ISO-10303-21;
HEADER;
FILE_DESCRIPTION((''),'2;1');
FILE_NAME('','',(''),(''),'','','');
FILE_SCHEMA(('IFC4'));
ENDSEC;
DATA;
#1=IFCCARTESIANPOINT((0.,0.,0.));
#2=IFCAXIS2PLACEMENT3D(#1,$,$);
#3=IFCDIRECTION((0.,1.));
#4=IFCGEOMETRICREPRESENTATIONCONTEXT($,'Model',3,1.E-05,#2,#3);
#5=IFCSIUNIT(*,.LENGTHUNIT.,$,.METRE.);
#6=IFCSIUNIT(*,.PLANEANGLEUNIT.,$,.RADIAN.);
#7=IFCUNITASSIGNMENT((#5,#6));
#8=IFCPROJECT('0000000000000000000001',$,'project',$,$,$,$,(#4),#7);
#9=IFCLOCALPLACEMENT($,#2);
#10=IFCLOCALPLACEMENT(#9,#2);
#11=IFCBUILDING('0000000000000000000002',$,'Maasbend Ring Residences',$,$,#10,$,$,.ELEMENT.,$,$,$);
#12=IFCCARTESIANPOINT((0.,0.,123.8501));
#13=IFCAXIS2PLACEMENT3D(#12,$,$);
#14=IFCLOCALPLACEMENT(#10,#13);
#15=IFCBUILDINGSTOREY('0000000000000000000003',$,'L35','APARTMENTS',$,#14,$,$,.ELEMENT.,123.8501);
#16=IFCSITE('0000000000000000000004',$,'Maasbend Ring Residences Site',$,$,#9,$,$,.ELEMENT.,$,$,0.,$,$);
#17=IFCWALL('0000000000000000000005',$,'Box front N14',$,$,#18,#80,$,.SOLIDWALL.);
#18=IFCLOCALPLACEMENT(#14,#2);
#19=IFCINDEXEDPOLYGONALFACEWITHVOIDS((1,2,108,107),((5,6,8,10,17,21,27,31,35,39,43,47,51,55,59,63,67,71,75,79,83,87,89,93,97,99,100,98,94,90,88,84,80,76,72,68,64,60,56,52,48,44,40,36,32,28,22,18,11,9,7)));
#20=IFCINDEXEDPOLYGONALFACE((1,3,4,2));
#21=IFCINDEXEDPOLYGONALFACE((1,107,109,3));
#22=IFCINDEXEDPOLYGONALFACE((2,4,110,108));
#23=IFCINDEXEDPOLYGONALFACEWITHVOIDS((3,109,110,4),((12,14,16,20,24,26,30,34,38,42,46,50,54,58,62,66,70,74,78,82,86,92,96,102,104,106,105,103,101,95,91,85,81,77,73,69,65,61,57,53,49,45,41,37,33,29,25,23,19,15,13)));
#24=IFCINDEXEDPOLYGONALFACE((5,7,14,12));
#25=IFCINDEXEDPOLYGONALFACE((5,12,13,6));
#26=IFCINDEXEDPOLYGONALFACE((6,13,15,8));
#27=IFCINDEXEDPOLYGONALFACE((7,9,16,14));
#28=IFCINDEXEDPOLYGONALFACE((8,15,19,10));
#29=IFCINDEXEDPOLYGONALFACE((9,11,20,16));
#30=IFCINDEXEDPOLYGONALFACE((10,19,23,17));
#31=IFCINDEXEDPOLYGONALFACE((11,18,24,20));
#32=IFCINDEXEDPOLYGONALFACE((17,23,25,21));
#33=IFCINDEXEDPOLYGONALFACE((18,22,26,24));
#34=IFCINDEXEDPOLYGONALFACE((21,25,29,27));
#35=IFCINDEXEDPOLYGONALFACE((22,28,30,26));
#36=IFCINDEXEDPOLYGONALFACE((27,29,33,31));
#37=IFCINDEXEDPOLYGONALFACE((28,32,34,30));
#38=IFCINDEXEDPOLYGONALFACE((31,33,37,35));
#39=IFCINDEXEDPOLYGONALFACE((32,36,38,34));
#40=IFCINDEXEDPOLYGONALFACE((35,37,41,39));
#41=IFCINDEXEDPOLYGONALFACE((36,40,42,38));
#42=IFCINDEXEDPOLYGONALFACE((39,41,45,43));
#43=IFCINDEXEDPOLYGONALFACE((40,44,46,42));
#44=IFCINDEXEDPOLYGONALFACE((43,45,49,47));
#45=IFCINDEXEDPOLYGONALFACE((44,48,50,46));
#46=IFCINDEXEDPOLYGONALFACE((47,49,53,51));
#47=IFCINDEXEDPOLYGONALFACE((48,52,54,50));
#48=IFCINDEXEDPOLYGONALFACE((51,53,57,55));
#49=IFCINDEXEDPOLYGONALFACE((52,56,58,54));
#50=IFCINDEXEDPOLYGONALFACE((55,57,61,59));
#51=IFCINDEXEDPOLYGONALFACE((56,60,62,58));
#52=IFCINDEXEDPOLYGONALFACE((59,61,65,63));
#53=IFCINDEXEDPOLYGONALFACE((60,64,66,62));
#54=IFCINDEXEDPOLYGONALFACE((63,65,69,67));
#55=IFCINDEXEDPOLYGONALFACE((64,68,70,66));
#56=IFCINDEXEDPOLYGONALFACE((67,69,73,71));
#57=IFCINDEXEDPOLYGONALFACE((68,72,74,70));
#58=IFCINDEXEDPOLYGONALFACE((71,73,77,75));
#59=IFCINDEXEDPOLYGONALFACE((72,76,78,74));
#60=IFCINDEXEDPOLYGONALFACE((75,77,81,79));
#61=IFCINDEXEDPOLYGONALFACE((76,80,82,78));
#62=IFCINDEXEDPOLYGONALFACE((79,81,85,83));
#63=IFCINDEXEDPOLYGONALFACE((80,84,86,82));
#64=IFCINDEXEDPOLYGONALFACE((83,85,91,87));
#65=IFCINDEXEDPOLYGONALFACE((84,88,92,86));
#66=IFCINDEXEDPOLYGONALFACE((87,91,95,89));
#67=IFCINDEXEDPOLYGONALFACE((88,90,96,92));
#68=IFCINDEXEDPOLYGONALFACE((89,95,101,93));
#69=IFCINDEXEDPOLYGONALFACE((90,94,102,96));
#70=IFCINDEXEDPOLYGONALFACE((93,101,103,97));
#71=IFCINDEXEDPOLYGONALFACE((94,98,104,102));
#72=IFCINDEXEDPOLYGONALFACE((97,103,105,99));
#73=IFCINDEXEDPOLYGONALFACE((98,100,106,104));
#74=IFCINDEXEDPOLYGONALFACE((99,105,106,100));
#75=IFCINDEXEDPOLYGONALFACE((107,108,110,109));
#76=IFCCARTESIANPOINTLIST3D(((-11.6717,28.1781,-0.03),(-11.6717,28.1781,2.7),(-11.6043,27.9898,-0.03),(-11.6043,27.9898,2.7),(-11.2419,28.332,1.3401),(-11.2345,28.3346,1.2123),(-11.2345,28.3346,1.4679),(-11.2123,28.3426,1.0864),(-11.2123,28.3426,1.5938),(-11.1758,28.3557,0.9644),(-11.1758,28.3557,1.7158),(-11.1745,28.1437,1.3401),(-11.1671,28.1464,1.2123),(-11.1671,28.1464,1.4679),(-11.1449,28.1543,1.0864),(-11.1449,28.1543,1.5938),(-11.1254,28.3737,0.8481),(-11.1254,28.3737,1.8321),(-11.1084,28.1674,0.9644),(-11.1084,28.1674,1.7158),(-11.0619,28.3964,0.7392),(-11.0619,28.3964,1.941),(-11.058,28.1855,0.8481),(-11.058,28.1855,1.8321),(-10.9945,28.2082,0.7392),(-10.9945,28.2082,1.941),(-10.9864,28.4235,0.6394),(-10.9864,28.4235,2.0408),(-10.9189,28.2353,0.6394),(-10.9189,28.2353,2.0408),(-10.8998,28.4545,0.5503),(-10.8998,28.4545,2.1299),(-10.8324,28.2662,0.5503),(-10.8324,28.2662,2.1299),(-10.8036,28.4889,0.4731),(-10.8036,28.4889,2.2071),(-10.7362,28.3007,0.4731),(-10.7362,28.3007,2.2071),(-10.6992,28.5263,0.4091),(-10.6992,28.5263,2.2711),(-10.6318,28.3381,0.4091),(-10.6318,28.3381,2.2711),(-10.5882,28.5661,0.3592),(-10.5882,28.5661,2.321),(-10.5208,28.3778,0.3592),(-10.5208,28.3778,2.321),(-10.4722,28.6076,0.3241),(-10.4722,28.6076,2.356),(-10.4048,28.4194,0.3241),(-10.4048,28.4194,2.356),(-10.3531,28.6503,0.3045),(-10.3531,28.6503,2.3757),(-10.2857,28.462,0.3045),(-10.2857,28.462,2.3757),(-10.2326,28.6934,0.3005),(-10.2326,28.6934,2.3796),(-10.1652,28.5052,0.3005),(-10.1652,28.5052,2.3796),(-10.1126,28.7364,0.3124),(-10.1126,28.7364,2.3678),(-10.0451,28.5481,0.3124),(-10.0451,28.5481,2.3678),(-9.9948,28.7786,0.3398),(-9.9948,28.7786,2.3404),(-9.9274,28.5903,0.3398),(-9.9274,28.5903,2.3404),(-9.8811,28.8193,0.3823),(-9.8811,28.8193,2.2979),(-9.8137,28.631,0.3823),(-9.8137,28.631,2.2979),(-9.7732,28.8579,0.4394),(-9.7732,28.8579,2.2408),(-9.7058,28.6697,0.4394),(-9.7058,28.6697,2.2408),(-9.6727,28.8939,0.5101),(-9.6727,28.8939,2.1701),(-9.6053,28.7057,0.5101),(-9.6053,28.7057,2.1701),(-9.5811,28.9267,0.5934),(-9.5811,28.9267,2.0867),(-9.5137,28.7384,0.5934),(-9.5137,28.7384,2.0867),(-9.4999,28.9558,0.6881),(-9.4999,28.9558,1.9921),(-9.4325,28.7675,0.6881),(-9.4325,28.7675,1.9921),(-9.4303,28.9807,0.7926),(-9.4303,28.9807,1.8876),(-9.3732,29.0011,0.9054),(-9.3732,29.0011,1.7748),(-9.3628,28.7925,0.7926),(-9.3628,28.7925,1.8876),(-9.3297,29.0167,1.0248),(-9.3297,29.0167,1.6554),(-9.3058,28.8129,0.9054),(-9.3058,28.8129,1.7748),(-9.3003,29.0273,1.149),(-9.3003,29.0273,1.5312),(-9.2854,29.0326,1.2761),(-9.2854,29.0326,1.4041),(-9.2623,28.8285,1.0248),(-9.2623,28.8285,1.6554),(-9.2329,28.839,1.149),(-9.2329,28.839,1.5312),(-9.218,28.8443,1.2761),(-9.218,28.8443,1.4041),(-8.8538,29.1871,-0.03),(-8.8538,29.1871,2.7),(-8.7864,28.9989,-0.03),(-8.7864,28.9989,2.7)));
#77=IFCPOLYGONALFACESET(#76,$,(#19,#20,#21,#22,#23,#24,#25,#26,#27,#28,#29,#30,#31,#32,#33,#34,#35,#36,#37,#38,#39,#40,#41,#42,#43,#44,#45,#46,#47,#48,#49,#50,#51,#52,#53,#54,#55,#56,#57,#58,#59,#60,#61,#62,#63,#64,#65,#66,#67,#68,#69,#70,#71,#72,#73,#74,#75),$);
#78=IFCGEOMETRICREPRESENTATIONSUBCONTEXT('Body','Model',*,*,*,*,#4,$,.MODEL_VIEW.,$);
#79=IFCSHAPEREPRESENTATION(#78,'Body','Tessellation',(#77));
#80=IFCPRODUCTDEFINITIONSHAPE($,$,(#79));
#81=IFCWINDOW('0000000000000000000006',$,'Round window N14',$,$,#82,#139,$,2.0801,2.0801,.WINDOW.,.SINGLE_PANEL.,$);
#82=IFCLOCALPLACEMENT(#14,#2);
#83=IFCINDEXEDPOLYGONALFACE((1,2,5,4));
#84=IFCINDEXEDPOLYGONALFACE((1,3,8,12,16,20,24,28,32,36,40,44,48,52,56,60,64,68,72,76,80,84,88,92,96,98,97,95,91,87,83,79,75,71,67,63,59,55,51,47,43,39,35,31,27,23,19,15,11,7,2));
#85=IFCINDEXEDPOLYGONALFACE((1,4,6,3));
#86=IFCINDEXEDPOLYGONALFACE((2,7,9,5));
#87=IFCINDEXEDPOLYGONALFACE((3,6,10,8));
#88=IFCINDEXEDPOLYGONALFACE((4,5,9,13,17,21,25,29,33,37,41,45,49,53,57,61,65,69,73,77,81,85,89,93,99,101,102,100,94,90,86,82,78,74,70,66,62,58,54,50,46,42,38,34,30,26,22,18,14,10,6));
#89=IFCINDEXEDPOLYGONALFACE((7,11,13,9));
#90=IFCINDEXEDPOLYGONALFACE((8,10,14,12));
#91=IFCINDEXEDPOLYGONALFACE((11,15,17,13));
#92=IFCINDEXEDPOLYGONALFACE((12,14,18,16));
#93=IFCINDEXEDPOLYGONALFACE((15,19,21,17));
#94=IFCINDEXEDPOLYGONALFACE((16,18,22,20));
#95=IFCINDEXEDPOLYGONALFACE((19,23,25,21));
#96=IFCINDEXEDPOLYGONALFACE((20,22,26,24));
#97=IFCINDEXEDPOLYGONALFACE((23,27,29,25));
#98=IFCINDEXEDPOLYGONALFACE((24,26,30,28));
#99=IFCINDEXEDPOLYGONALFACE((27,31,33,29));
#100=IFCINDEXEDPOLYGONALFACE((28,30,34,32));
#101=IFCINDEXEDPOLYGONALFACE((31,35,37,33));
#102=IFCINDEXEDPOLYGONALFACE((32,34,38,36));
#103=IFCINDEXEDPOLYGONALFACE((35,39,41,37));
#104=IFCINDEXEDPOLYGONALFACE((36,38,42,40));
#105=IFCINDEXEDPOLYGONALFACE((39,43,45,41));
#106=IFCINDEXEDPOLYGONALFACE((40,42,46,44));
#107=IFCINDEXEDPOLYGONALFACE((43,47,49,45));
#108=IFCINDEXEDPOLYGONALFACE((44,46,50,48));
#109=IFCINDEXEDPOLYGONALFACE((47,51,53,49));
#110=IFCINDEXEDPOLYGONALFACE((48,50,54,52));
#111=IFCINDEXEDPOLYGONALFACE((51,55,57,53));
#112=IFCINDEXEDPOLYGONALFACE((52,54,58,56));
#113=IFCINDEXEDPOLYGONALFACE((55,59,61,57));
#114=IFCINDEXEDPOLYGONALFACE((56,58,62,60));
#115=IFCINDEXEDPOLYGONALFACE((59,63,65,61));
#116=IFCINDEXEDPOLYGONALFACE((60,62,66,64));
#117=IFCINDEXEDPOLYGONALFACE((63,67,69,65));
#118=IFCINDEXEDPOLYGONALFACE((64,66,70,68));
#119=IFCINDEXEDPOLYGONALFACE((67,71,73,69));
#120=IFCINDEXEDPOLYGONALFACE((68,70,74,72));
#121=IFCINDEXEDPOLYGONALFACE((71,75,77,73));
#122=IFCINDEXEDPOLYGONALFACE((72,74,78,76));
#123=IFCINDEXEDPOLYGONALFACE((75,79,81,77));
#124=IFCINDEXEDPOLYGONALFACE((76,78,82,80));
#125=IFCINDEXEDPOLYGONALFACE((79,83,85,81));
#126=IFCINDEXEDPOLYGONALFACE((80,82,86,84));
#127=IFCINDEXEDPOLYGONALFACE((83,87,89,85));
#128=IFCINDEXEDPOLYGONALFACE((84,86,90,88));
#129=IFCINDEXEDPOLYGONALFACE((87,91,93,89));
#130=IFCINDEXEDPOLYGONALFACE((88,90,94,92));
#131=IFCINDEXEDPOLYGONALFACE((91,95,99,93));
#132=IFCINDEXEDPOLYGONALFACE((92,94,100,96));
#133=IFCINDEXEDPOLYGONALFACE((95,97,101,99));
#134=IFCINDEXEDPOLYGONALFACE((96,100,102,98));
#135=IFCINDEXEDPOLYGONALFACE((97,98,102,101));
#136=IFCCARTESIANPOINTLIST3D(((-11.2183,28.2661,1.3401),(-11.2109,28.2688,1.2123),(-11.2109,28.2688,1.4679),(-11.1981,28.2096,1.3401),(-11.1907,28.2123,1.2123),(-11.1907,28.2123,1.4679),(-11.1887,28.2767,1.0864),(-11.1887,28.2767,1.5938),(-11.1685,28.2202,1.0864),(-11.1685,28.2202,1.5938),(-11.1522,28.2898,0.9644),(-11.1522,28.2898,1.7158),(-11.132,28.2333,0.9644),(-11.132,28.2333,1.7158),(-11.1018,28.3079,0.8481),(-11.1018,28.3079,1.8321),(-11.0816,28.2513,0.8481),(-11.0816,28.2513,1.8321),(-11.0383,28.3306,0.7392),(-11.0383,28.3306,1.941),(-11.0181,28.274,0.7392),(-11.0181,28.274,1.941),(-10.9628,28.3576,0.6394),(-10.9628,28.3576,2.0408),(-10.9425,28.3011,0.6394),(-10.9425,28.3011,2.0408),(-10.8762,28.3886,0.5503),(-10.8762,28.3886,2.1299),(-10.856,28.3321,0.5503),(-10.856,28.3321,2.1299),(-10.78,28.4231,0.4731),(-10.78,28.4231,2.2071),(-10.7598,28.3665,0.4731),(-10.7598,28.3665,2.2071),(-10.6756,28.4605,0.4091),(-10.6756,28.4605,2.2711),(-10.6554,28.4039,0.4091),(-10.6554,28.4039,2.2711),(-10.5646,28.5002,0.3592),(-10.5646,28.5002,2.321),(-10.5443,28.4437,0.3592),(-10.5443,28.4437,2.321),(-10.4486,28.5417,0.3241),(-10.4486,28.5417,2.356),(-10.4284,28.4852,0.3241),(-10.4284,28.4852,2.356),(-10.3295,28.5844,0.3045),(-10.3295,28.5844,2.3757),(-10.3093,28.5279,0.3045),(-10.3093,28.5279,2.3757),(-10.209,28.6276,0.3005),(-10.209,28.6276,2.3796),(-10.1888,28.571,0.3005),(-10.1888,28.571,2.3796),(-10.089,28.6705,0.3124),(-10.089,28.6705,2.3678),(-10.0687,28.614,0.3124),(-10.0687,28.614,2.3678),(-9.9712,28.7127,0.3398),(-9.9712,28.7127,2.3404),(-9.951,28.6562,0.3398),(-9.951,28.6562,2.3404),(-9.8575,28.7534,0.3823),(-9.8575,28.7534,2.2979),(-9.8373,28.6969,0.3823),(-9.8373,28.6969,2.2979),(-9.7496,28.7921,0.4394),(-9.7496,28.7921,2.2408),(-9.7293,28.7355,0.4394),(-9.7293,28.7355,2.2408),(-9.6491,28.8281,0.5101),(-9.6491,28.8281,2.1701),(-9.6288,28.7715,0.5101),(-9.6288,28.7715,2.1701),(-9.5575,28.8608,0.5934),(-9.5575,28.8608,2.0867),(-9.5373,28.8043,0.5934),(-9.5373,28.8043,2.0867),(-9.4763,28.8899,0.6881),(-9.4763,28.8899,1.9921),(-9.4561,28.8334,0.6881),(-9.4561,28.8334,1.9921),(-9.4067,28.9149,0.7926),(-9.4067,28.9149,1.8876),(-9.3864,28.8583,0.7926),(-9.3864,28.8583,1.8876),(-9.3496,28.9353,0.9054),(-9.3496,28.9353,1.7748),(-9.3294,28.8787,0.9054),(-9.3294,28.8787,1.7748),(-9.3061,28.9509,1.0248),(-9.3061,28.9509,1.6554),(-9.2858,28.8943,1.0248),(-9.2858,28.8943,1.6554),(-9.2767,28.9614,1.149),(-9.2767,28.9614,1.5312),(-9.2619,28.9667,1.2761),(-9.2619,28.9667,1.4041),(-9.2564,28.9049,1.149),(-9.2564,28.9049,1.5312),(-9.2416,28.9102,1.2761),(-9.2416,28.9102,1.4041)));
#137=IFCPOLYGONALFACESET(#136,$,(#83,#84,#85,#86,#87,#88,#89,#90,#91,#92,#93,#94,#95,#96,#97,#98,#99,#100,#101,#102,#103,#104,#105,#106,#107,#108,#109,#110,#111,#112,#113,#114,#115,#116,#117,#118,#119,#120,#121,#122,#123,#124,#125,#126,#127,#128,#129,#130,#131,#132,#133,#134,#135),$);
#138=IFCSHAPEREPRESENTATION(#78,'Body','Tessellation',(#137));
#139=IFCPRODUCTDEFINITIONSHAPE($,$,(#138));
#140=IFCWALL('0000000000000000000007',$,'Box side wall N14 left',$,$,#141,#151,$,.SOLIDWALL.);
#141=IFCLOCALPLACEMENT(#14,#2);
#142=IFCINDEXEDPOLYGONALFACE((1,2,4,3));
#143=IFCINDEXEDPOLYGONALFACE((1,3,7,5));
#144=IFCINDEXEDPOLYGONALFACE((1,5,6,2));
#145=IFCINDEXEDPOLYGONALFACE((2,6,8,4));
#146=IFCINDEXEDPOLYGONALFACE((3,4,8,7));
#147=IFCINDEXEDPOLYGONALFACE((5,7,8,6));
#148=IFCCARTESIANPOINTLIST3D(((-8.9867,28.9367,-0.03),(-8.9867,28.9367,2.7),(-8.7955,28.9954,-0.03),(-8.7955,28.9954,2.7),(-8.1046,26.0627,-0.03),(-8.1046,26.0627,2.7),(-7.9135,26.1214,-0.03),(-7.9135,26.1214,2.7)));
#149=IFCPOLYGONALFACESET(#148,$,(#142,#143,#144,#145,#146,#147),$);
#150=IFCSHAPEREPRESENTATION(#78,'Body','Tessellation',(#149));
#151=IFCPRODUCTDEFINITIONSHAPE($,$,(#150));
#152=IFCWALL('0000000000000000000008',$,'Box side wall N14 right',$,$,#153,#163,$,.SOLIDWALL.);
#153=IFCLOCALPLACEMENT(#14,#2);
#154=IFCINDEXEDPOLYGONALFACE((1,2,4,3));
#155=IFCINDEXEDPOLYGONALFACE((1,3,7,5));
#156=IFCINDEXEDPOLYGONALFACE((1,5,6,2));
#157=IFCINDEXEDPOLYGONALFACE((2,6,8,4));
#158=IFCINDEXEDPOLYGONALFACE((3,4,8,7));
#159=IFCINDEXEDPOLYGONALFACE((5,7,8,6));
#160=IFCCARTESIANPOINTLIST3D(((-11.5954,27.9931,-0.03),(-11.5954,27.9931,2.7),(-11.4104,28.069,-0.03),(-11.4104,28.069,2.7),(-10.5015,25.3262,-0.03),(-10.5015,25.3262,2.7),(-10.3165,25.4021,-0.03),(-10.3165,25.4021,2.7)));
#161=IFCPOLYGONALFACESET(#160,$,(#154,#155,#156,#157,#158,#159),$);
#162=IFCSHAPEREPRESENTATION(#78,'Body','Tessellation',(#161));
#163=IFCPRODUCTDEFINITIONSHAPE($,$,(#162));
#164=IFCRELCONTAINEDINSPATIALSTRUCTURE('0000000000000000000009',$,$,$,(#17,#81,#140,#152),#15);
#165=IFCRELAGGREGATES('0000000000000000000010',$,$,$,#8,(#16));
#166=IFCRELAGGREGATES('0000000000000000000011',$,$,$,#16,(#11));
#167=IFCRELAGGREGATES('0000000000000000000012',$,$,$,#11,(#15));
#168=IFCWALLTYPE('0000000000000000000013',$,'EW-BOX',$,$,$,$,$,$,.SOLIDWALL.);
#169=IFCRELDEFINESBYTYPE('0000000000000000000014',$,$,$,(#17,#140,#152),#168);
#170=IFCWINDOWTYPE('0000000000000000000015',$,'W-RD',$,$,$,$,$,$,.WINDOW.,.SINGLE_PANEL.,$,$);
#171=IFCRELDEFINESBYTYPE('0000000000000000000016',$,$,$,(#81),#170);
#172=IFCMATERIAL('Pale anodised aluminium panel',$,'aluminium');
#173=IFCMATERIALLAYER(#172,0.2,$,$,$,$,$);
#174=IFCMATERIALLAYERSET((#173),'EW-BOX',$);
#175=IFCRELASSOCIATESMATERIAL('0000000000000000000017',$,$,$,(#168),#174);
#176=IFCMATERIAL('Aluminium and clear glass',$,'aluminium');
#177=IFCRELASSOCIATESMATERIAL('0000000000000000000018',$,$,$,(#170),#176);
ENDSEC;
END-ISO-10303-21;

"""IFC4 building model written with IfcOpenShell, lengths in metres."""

from ifc_helpers import new_model, si_unit, direction, frame, frame_2d, origin, place, context, subcontext, project, spatial, rectangle, circle, extrude, material, layer, layer_set, type_object, element, fill, save


model = new_model("IFC4")

# Units and contexts
model_context = context("Model", 3, precision=1e-05, world=origin(), true_north=direction((0.0, 1.0)))
body_context = subcontext(model_context, "Body", "Model", "MODEL_VIEW")
ifc_project = project(units=[si_unit("LENGTHUNIT", "METRE"), si_unit("PLANEANGLEUNIT", "RADIAN")], contexts=[model_context])

# Site, building, storey
site_placement = place(None, origin())
site = spatial("IfcSite", under=ifc_project, at=site_placement, Name="Maasbend Ring Residences Site", CompositionType="ELEMENT", RefElevation=0.0)
building_placement = place(site_placement, origin())
building = spatial("IfcBuilding", under=site, at=building_placement, Name="Maasbend Ring Residences", CompositionType="ELEMENT")
storey_placement = place(building_placement, frame((0.0, 0.0, 123.8501)))
storey = spatial("IfcBuildingStorey", under=building, at=storey_placement, Name="L35", Description="APARTMENTS", CompositionType="ELEMENT", Elevation=123.8501)

# Shared definitions
ifc_material_1 = material(Name="Pale anodised aluminium panel", Category="aluminium")
ifc_layer_1 = layer(ifc_material_1, 0.2)
ifc_layer_set_1 = layer_set([ifc_layer_1], Name="EW-BOX")
wall_type_1 = type_object("IfcWallType", Name="EW-BOX", PredefinedType="SOLIDWALL", material=ifc_layer_set_1)
ifc_material_2 = material(Name="Aluminium and clear glass", Category="aluminium")
window_type_1 = type_object("IfcWindowType", Name="W-RD", PartitioningType="SINGLE_PANEL", PredefinedType="WINDOW", material=ifc_material_2)

# Wall, opening, window
wall_1_placement = place(storey_placement, frame((-8.8201, 29.093, -0.03), z_axis=(0.0, 0.0, 1.0), x_axis=(-0.941461, -0.337122, 0.0)))
wall_1 = element("IfcWall", 1, at=wall_1_placement, inside=storey, type_object=wall_type_1, Name="Box front N14", PredefinedType="SOLIDWALL", context=body_context, shape_type="SweptSolid", body=[
    extrude(rectangle(XDim=2.9932, YDim=0.2, at=frame_2d((1.4966, 0.0))), origin(), (0.0, 0.0, 1.0), 2.73),
])
opening_1_placement = place(wall_1_placement, frame((0.4565, 0.0, 0.3301)))
opening_1 = element("IfcOpeningElement", 2, at=opening_1_placement, cuts=wall_1, PredefinedType="OPENING", context=body_context, shape_type="SweptSolid", body=[
    extrude(circle(Radius=1.04, at=frame_2d((1.04, 1.04))), frame((0.0, 0.1099, 0.0), z_axis=(0.0, -1.0, 0.0), x_axis=(1.0, 0.0, 0.0)), (0.0, 0.0, 1.0), 0.22),
])
window_1_placement = place(opening_1_placement, origin())
window_1 = element("IfcWindow", 3, at=window_1_placement, inside=storey, type_object=window_type_1, Name="Round window N14", OverallHeight=2.0801, OverallWidth=2.0801, PartitioningType="SINGLE_PANEL", PredefinedType="WINDOW", context=body_context, shape_type="SweptSolid", body=[
    extrude(circle(Radius=1.04, at=frame_2d((1.04, 1.04))), frame((0.0, 0.03, 0.0), z_axis=(0.0, -1.0, 0.0), x_axis=(1.0, 0.0, 0.0)), (0.0, 0.0, 1.0), 0.0601),
])
fill(opening_1, window_1)

# Walls
wall_2_placement = place(storey_placement, frame((-8.009, 26.092, -0.03), z_axis=(0.0, 0.0, 1.0), x_axis=(-0.293407, 0.955988, 0.0)))
element("IfcWall", 4, at=wall_2_placement, inside=storey, type_object=wall_type_1, Name="Box side wall N14 left", PredefinedType="SOLIDWALL", context=body_context, shape_type="SweptSolid", body=[
    extrude(rectangle(XDim=3.0063, YDim=0.2, at=frame_2d((1.5032, 0.0))), origin(), (0.0, 0.0, 1.0), 2.73),
])
wall_3_placement = place(storey_placement, frame((-10.4089, 25.364, -0.03), z_axis=(0.0, 0.0, 1.0), x_axis=(-0.37951, 0.925188, 0.0)))
element("IfcWall", 5, at=wall_3_placement, inside=storey, type_object=wall_type_1, Name="Box side wall N14 right", PredefinedType="SOLIDWALL", context=body_context, shape_type="SweptSolid", body=[
    extrude(rectangle(XDim=2.8826, YDim=0.2, at=frame_2d((1.4414, 0.0))), origin(), (0.0, 0.0, 1.0), 2.73),
])

save(model, "model.ifc")
